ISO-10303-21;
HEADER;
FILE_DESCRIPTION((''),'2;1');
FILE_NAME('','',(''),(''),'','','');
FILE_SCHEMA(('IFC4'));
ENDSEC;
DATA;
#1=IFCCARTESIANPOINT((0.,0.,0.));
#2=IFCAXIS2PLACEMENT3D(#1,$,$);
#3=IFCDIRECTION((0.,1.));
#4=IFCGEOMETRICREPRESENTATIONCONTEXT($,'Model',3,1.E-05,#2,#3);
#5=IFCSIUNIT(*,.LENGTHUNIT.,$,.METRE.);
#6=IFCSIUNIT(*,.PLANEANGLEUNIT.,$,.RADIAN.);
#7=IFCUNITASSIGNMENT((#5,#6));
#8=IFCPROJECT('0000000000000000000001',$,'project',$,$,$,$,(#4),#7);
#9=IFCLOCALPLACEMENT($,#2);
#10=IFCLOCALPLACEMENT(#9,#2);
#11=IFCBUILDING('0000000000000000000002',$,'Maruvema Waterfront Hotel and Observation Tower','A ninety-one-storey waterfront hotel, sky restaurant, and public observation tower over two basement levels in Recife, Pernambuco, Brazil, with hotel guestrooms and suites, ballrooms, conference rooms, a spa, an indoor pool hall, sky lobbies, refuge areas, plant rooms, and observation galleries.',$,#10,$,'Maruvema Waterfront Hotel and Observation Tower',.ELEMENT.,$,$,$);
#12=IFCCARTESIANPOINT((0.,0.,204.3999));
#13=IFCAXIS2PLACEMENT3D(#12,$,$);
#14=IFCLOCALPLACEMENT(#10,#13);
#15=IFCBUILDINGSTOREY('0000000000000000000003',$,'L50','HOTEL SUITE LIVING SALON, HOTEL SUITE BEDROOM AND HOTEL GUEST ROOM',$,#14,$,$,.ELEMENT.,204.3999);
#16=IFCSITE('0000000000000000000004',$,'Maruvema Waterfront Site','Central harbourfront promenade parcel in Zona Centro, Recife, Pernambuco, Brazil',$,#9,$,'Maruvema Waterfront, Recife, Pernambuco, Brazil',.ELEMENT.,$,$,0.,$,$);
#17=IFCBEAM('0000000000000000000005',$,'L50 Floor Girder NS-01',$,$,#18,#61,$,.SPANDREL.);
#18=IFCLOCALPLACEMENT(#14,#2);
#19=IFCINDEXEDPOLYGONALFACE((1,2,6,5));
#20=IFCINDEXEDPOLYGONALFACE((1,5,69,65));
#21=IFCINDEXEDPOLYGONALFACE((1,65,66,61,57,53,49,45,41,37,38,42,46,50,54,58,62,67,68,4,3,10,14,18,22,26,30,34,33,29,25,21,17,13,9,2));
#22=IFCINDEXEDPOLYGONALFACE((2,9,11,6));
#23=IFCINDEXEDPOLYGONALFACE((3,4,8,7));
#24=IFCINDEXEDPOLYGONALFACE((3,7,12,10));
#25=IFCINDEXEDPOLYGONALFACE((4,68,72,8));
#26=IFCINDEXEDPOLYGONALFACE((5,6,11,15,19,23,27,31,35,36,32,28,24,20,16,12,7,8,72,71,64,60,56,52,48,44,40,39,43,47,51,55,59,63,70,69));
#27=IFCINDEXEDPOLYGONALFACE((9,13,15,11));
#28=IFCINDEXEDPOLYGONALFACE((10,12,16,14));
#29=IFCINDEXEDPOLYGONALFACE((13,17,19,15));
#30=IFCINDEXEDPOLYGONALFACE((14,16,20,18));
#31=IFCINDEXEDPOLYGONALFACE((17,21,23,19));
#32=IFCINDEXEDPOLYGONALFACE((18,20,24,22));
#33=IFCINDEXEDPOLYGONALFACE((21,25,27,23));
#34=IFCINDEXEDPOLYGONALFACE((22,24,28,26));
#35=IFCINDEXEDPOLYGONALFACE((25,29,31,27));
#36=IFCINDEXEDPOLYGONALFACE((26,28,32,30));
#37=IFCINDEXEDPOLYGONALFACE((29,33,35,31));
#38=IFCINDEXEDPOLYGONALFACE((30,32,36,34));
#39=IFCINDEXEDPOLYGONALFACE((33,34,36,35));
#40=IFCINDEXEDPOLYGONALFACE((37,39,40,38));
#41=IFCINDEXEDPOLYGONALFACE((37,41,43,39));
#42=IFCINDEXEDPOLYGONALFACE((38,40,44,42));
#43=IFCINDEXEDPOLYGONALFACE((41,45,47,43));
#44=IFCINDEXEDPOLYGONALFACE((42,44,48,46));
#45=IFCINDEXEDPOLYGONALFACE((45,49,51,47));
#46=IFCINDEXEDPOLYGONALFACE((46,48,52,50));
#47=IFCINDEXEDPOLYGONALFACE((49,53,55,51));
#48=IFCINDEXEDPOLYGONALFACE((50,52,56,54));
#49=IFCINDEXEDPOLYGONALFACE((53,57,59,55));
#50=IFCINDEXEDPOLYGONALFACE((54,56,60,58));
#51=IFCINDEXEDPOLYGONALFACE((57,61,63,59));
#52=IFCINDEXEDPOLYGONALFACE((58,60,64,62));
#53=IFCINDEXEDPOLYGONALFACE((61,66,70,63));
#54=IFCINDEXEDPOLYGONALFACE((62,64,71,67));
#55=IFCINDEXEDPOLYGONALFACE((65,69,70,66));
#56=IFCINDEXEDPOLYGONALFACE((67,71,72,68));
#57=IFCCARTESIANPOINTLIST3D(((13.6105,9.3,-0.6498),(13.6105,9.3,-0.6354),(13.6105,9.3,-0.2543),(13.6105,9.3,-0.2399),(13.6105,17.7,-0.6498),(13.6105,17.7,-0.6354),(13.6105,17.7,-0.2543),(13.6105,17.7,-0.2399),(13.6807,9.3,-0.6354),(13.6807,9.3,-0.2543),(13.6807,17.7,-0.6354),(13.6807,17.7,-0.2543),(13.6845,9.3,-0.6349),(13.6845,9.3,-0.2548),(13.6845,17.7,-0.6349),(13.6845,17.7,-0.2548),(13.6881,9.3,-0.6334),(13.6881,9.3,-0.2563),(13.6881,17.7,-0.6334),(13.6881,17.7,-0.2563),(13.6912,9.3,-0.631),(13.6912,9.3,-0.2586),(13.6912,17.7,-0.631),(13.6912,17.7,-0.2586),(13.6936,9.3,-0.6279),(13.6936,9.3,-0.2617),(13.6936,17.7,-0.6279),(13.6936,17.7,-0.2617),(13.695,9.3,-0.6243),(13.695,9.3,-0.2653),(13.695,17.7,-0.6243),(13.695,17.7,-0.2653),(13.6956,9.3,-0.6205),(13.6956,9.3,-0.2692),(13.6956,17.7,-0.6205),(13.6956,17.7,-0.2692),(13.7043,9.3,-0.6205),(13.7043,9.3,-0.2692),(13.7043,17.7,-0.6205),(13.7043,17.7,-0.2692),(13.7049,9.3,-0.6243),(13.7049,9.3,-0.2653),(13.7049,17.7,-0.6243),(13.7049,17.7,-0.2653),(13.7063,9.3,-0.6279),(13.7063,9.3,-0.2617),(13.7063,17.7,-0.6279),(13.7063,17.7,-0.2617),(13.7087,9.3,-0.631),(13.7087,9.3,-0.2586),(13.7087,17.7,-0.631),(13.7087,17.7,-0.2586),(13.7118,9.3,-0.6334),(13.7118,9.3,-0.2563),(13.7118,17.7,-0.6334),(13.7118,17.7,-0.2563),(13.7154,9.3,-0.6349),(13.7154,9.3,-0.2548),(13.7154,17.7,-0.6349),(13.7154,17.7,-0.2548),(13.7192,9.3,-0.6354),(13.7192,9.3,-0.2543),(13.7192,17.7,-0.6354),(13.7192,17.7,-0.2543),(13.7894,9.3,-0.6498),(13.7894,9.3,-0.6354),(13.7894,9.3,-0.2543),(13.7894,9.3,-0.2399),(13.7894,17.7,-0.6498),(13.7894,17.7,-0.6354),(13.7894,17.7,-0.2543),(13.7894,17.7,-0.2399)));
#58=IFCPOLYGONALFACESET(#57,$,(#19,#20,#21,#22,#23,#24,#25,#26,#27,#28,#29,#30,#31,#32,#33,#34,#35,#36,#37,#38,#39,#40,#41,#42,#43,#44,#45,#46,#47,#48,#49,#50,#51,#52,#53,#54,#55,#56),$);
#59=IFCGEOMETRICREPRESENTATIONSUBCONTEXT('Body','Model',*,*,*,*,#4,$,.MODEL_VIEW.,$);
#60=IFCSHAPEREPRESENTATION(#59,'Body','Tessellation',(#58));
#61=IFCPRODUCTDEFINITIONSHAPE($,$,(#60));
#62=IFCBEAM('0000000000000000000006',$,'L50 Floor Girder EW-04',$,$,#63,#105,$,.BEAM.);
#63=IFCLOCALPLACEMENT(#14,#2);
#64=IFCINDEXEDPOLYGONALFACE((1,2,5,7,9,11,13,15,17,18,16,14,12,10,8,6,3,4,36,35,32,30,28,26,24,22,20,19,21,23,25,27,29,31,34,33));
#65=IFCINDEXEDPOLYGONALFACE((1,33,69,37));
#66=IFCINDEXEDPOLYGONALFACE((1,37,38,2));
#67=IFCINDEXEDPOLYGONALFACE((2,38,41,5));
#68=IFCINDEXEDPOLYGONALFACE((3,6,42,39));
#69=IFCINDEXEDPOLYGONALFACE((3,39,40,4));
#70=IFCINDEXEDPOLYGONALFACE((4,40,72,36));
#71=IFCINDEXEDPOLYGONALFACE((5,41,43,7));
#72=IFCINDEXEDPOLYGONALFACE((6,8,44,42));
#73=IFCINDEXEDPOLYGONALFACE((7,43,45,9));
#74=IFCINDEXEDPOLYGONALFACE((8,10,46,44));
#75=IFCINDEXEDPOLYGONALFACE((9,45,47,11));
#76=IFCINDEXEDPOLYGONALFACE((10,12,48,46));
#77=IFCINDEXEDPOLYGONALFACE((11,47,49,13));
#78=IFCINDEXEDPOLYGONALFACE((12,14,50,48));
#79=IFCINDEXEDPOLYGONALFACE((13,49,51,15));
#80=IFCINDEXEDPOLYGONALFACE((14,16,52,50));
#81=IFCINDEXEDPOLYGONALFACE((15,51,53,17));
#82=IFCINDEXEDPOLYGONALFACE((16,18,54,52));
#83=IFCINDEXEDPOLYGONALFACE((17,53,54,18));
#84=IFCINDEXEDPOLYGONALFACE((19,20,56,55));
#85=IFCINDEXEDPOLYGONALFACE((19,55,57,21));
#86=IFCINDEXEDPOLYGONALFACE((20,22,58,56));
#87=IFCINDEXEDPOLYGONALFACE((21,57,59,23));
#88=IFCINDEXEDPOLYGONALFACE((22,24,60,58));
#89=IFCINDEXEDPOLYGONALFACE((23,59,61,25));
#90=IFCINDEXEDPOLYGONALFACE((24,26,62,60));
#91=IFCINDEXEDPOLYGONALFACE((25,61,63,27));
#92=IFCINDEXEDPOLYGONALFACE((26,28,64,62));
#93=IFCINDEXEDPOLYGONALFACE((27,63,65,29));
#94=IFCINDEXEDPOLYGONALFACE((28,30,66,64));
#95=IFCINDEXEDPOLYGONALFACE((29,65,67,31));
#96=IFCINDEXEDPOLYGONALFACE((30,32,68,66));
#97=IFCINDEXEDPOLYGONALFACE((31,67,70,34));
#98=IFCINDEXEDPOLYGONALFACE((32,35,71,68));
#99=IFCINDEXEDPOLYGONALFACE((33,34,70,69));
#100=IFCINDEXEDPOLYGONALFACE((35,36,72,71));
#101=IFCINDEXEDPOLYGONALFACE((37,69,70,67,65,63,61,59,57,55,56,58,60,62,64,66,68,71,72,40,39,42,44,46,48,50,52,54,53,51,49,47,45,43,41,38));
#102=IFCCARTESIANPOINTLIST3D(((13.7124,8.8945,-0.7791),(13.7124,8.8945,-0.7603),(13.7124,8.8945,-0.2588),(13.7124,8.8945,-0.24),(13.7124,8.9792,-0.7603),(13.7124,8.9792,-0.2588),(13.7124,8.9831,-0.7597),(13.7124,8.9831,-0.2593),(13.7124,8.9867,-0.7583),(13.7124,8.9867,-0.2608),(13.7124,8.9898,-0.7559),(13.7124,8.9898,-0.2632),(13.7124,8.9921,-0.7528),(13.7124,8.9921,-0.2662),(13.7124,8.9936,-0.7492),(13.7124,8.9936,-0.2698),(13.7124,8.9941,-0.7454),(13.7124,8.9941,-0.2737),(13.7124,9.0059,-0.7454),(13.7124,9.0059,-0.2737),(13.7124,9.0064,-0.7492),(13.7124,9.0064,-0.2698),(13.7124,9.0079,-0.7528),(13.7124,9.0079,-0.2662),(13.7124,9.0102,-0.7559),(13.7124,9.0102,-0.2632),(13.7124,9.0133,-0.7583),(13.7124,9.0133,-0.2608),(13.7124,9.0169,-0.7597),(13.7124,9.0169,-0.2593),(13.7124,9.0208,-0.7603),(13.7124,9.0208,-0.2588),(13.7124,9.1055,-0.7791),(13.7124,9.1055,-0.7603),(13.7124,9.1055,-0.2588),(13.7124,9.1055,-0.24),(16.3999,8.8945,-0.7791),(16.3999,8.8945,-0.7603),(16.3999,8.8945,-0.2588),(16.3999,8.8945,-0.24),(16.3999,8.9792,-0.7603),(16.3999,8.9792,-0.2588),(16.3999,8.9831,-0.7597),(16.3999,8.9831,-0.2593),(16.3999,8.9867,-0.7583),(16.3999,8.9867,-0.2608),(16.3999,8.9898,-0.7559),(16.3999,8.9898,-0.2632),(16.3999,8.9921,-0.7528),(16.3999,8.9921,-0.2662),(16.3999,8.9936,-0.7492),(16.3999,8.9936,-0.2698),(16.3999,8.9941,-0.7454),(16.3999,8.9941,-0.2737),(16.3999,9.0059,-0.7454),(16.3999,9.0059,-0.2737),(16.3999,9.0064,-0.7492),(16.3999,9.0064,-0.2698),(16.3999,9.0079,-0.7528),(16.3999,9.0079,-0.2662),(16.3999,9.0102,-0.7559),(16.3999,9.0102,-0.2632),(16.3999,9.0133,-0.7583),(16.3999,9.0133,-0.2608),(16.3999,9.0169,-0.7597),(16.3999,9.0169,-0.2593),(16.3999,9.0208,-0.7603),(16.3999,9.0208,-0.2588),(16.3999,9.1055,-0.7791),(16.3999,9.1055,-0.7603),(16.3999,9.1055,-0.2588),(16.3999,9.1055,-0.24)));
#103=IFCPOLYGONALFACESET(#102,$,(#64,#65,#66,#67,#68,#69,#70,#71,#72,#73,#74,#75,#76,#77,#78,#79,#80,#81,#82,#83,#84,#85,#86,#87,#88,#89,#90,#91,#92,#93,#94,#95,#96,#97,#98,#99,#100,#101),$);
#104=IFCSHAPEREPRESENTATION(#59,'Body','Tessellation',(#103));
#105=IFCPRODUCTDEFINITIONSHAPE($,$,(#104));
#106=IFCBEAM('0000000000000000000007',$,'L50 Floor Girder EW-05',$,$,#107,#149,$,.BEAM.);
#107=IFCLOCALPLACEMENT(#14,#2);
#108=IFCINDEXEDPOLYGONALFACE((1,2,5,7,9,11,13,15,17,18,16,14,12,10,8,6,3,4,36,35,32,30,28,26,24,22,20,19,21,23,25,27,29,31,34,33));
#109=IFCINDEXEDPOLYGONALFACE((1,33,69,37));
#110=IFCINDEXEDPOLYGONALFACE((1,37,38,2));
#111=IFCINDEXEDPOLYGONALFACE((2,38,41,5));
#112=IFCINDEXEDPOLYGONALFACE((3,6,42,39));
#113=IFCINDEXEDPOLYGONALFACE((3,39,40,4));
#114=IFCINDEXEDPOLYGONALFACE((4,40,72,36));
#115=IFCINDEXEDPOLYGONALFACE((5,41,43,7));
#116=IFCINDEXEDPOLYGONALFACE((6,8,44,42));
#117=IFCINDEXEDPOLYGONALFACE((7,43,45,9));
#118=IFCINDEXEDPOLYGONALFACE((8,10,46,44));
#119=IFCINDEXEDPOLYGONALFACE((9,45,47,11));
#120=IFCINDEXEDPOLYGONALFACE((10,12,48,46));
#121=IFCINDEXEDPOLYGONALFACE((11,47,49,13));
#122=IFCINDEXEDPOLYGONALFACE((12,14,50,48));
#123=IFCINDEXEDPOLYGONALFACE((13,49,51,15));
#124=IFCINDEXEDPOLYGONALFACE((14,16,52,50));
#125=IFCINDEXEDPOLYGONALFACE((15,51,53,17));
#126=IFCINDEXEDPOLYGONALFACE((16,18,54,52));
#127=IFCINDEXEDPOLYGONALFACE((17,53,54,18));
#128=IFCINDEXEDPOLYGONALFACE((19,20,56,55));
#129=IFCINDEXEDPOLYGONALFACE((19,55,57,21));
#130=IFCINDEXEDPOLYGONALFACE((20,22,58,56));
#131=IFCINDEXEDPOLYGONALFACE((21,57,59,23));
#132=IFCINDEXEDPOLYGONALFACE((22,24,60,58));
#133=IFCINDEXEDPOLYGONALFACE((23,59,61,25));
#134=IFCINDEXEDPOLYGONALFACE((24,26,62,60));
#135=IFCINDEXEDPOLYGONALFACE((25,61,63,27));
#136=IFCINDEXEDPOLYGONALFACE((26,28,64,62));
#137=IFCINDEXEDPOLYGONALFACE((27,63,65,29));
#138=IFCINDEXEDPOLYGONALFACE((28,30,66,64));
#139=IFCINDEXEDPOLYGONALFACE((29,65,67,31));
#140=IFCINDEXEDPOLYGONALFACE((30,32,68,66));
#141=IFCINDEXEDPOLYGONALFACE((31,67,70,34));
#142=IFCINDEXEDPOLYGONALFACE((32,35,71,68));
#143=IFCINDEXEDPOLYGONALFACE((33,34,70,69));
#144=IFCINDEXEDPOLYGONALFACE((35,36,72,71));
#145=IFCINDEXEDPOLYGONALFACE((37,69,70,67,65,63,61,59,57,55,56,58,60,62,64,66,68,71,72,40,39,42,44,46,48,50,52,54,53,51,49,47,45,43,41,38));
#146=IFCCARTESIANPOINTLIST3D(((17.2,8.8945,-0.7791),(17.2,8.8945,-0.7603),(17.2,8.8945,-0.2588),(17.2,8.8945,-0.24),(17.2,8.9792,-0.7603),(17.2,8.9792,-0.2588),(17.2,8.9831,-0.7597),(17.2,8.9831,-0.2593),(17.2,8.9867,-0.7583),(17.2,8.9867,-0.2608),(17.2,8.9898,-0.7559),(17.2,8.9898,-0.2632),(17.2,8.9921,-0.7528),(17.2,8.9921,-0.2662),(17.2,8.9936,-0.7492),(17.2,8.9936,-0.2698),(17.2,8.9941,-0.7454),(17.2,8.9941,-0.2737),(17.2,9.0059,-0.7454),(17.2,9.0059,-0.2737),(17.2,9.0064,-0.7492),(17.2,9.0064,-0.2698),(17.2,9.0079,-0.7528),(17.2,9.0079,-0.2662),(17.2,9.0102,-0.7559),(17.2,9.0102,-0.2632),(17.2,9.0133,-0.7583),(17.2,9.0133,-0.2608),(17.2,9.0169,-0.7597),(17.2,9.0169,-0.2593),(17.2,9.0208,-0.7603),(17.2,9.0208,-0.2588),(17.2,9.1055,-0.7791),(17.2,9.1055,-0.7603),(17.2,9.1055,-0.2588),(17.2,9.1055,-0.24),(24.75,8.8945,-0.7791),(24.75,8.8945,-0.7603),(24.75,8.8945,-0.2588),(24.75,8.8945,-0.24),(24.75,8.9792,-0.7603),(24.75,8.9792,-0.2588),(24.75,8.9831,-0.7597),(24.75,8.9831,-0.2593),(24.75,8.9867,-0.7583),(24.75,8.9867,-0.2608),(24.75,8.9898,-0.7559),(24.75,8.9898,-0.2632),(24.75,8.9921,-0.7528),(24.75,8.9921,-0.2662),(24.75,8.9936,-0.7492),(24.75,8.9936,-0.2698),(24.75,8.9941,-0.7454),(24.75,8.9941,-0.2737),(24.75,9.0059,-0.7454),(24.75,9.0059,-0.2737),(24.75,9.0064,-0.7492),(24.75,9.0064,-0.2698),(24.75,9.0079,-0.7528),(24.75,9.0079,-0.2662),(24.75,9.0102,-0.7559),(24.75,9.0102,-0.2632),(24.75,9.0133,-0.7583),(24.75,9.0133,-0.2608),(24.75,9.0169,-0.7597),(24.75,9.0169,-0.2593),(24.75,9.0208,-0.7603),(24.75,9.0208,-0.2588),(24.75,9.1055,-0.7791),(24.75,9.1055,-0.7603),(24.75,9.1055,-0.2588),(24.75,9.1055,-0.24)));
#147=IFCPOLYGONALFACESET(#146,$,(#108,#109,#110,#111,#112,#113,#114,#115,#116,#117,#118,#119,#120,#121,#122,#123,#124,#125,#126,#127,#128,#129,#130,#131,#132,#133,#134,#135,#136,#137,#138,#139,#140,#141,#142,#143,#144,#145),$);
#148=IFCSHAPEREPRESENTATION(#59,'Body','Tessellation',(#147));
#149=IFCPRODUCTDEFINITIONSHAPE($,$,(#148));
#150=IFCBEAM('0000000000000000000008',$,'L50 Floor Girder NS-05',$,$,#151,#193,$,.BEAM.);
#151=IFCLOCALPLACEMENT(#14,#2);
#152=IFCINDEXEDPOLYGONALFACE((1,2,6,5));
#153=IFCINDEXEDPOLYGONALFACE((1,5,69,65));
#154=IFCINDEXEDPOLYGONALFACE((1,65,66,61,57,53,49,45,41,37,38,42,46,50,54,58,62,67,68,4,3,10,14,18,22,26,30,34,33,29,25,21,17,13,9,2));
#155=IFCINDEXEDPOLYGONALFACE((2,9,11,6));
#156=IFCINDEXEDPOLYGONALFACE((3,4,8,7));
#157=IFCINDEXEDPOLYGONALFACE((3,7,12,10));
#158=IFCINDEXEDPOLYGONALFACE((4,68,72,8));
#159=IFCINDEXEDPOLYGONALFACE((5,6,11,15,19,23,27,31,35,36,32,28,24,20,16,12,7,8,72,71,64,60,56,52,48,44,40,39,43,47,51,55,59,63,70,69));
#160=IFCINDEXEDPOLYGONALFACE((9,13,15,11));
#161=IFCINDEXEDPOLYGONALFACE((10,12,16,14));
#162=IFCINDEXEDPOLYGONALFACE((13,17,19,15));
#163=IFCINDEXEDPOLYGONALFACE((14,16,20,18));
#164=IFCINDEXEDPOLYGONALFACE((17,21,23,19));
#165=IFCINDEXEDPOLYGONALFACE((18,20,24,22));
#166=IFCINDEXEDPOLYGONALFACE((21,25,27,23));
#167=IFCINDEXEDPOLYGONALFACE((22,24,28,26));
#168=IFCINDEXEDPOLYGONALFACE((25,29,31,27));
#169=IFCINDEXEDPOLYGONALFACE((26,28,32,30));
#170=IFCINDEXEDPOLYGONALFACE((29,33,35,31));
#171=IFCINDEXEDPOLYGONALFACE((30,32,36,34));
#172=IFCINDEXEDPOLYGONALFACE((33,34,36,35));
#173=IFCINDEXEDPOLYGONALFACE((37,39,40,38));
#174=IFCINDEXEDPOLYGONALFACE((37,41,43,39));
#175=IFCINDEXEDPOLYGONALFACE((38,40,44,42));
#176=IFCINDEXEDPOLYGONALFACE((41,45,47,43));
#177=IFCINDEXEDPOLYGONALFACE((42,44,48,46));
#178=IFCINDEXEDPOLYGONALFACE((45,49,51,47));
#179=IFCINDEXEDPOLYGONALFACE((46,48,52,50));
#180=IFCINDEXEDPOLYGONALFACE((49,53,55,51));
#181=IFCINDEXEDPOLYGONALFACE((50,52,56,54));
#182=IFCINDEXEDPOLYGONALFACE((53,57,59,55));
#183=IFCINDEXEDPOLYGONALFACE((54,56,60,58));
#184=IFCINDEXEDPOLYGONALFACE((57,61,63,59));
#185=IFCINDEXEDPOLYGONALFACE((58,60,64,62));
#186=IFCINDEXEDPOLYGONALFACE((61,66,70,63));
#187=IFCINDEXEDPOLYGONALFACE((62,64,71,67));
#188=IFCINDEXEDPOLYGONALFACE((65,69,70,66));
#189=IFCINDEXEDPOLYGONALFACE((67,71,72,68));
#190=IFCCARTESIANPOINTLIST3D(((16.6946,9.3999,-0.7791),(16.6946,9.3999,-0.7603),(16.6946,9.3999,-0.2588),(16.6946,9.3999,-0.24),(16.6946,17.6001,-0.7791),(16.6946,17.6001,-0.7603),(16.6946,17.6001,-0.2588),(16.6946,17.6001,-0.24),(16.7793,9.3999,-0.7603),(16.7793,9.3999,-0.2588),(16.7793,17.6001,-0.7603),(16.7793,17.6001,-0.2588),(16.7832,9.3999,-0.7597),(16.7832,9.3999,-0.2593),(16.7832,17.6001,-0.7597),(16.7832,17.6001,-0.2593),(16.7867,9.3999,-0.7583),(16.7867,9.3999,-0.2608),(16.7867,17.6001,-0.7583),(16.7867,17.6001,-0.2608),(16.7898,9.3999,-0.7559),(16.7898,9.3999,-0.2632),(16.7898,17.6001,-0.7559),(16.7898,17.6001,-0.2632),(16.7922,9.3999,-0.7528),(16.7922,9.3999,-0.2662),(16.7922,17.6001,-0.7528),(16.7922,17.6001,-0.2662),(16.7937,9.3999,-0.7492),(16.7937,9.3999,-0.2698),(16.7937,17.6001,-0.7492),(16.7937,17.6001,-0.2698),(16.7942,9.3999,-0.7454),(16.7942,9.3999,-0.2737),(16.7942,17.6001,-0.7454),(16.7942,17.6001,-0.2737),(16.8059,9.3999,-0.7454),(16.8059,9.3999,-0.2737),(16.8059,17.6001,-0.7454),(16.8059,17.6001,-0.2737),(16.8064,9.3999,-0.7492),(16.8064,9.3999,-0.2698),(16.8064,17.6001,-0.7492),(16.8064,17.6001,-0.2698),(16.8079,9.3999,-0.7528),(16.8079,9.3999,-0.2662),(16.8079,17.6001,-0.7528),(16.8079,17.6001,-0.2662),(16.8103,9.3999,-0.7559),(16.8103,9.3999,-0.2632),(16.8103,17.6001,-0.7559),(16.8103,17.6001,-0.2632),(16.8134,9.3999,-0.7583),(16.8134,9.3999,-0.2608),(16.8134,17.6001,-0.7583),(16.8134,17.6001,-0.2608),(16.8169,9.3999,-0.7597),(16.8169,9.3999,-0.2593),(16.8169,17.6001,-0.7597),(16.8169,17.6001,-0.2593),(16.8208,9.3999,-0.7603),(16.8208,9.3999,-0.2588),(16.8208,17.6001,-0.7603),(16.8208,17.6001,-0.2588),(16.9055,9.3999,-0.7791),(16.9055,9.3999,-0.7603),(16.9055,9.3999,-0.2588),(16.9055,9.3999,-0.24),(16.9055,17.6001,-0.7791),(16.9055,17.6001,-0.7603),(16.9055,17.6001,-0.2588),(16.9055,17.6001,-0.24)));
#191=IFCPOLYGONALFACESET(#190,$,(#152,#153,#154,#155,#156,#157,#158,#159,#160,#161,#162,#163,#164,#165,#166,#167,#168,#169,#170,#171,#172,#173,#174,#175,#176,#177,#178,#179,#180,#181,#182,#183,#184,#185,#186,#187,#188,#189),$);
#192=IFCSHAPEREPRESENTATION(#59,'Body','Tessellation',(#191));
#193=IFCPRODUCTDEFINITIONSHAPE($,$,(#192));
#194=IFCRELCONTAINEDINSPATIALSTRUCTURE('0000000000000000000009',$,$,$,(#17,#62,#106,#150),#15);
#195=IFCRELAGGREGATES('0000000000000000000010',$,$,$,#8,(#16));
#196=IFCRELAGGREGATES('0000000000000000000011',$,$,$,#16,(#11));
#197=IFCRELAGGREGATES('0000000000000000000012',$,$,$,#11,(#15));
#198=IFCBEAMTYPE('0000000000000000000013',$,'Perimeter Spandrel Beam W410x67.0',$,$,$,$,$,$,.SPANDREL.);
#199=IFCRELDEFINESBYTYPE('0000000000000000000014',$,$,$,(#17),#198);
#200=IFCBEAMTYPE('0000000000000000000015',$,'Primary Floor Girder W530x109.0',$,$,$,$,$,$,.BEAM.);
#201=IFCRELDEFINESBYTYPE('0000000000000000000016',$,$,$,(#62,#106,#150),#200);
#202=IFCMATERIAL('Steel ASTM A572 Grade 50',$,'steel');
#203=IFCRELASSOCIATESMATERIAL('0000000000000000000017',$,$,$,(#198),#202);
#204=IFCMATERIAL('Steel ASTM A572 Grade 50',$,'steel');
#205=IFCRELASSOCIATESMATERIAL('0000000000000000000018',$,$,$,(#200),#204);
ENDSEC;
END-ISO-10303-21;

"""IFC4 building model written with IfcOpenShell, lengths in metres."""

from ifc_helpers import new_model, si_unit, direction, frame, origin, origin_2d, place, context, subcontext, project, spatial, i_section, extrude, material, material_profile, profile_set, type_object, element, save


model = new_model("IFC4")

# Units and contexts
model_context = context("Model", 3, precision=1e-05, world=origin(), true_north=direction((0.0, 1.0)))
body_context = subcontext(model_context, "Body", "Model", "MODEL_VIEW")
ifc_project = project(units=[si_unit("LENGTHUNIT", "METRE"), si_unit("PLANEANGLEUNIT", "RADIAN")], contexts=[model_context])

# Site, building, storey
site_placement = place(None, origin())
site = spatial("IfcSite", under=ifc_project, at=site_placement, Name="Maruvema Waterfront Site", Description="Central harbourfront promenade parcel in Zona Centro, Recife, Pernambuco, Brazil", LongName="Maruvema Waterfront, Recife, Pernambuco, Brazil", CompositionType="ELEMENT", RefElevation=0.0)
building_placement = place(site_placement, origin())
building = spatial("IfcBuilding", under=site, at=building_placement, Name="Maruvema Waterfront Hotel and Observation Tower", Description="A ninety-one-storey waterfront hotel, sky restaurant, and public observation tower over two basement levels in Recife, Pernambuco, Brazil, with hotel guestrooms and suites, ballrooms, conference rooms, a spa, an indoor pool hall, sky lobbies, refuge areas, plant rooms, and observation galleries.", LongName="Maruvema Waterfront Hotel and Observation Tower", CompositionType="ELEMENT")
storey_placement = place(building_placement, frame((0.0, 0.0, 204.3999)))
storey = spatial("IfcBuildingStorey", under=building, at=storey_placement, Name="L50", Description="HOTEL SUITE LIVING SALON, HOTEL SUITE BEDROOM AND HOTEL GUEST ROOM", CompositionType="ELEMENT", Elevation=204.3999)

# Beams
ifc_material_1 = material(Name="Steel ASTM A572 Grade 50", Category="steel")
ifc_material_profile_1 = material_profile(ifc_material_1, i_section(OverallWidth=0.179, OverallDepth=0.4099, WebThickness=0.0088, FlangeThickness=0.0144, FilletRadius=0.0149, at=origin_2d()), Name="W410x67.0")
ifc_profile_set_1 = profile_set([ifc_material_profile_1], Name="Steel ASTM A572 Grade 50")
beam_type_1 = type_object("IfcBeamType", Name="Perimeter Spandrel Beam W410x67.0", PredefinedType="SPANDREL", material=ifc_profile_set_1)
beam_1_placement = place(storey_placement, frame((13.7, 9.3, -0.4448), z_axis=(0.0, 1.0, 0.0), x_axis=(-1.0, 0.0, 0.0)))
element("IfcBeam", 1, at=beam_1_placement, inside=storey, type_object=beam_type_1, Name="L50 Floor Girder NS-01", PredefinedType="SPANDREL", context=body_context, shape_type="SweptSolid", body=[
    extrude(i_section(OverallWidth=0.179, OverallDepth=0.4099, WebThickness=0.0088, FlangeThickness=0.0144, FilletRadius=0.0149, at=origin_2d()), origin(), (0.0, 0.0, 1.0), 8.3999),
])
ifc_material_2 = material(Name="Steel ASTM A572 Grade 50", Category="steel")
ifc_material_profile_2 = material_profile(ifc_material_2, i_section(OverallWidth=0.2109, OverallDepth=0.5391, WebThickness=0.0117, FlangeThickness=0.0188, FilletRadius=0.0149, at=origin_2d()), Name="W530x109.0")
ifc_profile_set_2 = profile_set([ifc_material_profile_2], Name="Steel ASTM A572 Grade 50")
beam_type_2 = type_object("IfcBeamType", Name="Primary Floor Girder W530x109.0", PredefinedType="BEAM", material=ifc_profile_set_2)
beam_2_placement = place(storey_placement, frame((13.7124, 9.0, -0.5095), z_axis=(1.0, 0.0, 0.0), x_axis=(0.0, 1.0, 0.0)))
element("IfcBeam", 2, at=beam_2_placement, inside=storey, type_object=beam_type_2, Name="L50 Floor Girder EW-04", PredefinedType="BEAM", context=body_context, shape_type="SweptSolid", body=[
    extrude(i_section(OverallWidth=0.2109, OverallDepth=0.5391, WebThickness=0.0117, FlangeThickness=0.0188, FilletRadius=0.0149, at=origin_2d()), origin(), (0.0, 0.0, 1.0), 2.6875),
])
beam_3_placement = place(storey_placement, frame((17.2, 9.0, -0.5095), z_axis=(1.0, 0.0, 0.0), x_axis=(0.0, 1.0, 0.0)))
element("IfcBeam", 3, at=beam_3_placement, inside=storey, type_object=beam_type_2, Name="L50 Floor Girder EW-05", PredefinedType="BEAM", context=body_context, shape_type="SweptSolid", body=[
    extrude(i_section(OverallWidth=0.2109, OverallDepth=0.5391, WebThickness=0.0117, FlangeThickness=0.0188, FilletRadius=0.0149, at=origin_2d()), origin(), (0.0, 0.0, 1.0), 7.55),
])
beam_4_placement = place(storey_placement, frame((16.8, 9.3999, -0.5095), z_axis=(0.0, 1.0, 0.0), x_axis=(-1.0, 0.0, 0.0)))
element("IfcBeam", 4, at=beam_4_placement, inside=storey, type_object=beam_type_2, Name="L50 Floor Girder NS-05", PredefinedType="BEAM", context=body_context, shape_type="SweptSolid", body=[
    extrude(i_section(OverallWidth=0.2109, OverallDepth=0.5391, WebThickness=0.0117, FlangeThickness=0.0188, FilletRadius=0.0149, at=origin_2d()), origin(), (0.0, 0.0, 1.0), 8.2002),
])

save(model, "model.ifc")
